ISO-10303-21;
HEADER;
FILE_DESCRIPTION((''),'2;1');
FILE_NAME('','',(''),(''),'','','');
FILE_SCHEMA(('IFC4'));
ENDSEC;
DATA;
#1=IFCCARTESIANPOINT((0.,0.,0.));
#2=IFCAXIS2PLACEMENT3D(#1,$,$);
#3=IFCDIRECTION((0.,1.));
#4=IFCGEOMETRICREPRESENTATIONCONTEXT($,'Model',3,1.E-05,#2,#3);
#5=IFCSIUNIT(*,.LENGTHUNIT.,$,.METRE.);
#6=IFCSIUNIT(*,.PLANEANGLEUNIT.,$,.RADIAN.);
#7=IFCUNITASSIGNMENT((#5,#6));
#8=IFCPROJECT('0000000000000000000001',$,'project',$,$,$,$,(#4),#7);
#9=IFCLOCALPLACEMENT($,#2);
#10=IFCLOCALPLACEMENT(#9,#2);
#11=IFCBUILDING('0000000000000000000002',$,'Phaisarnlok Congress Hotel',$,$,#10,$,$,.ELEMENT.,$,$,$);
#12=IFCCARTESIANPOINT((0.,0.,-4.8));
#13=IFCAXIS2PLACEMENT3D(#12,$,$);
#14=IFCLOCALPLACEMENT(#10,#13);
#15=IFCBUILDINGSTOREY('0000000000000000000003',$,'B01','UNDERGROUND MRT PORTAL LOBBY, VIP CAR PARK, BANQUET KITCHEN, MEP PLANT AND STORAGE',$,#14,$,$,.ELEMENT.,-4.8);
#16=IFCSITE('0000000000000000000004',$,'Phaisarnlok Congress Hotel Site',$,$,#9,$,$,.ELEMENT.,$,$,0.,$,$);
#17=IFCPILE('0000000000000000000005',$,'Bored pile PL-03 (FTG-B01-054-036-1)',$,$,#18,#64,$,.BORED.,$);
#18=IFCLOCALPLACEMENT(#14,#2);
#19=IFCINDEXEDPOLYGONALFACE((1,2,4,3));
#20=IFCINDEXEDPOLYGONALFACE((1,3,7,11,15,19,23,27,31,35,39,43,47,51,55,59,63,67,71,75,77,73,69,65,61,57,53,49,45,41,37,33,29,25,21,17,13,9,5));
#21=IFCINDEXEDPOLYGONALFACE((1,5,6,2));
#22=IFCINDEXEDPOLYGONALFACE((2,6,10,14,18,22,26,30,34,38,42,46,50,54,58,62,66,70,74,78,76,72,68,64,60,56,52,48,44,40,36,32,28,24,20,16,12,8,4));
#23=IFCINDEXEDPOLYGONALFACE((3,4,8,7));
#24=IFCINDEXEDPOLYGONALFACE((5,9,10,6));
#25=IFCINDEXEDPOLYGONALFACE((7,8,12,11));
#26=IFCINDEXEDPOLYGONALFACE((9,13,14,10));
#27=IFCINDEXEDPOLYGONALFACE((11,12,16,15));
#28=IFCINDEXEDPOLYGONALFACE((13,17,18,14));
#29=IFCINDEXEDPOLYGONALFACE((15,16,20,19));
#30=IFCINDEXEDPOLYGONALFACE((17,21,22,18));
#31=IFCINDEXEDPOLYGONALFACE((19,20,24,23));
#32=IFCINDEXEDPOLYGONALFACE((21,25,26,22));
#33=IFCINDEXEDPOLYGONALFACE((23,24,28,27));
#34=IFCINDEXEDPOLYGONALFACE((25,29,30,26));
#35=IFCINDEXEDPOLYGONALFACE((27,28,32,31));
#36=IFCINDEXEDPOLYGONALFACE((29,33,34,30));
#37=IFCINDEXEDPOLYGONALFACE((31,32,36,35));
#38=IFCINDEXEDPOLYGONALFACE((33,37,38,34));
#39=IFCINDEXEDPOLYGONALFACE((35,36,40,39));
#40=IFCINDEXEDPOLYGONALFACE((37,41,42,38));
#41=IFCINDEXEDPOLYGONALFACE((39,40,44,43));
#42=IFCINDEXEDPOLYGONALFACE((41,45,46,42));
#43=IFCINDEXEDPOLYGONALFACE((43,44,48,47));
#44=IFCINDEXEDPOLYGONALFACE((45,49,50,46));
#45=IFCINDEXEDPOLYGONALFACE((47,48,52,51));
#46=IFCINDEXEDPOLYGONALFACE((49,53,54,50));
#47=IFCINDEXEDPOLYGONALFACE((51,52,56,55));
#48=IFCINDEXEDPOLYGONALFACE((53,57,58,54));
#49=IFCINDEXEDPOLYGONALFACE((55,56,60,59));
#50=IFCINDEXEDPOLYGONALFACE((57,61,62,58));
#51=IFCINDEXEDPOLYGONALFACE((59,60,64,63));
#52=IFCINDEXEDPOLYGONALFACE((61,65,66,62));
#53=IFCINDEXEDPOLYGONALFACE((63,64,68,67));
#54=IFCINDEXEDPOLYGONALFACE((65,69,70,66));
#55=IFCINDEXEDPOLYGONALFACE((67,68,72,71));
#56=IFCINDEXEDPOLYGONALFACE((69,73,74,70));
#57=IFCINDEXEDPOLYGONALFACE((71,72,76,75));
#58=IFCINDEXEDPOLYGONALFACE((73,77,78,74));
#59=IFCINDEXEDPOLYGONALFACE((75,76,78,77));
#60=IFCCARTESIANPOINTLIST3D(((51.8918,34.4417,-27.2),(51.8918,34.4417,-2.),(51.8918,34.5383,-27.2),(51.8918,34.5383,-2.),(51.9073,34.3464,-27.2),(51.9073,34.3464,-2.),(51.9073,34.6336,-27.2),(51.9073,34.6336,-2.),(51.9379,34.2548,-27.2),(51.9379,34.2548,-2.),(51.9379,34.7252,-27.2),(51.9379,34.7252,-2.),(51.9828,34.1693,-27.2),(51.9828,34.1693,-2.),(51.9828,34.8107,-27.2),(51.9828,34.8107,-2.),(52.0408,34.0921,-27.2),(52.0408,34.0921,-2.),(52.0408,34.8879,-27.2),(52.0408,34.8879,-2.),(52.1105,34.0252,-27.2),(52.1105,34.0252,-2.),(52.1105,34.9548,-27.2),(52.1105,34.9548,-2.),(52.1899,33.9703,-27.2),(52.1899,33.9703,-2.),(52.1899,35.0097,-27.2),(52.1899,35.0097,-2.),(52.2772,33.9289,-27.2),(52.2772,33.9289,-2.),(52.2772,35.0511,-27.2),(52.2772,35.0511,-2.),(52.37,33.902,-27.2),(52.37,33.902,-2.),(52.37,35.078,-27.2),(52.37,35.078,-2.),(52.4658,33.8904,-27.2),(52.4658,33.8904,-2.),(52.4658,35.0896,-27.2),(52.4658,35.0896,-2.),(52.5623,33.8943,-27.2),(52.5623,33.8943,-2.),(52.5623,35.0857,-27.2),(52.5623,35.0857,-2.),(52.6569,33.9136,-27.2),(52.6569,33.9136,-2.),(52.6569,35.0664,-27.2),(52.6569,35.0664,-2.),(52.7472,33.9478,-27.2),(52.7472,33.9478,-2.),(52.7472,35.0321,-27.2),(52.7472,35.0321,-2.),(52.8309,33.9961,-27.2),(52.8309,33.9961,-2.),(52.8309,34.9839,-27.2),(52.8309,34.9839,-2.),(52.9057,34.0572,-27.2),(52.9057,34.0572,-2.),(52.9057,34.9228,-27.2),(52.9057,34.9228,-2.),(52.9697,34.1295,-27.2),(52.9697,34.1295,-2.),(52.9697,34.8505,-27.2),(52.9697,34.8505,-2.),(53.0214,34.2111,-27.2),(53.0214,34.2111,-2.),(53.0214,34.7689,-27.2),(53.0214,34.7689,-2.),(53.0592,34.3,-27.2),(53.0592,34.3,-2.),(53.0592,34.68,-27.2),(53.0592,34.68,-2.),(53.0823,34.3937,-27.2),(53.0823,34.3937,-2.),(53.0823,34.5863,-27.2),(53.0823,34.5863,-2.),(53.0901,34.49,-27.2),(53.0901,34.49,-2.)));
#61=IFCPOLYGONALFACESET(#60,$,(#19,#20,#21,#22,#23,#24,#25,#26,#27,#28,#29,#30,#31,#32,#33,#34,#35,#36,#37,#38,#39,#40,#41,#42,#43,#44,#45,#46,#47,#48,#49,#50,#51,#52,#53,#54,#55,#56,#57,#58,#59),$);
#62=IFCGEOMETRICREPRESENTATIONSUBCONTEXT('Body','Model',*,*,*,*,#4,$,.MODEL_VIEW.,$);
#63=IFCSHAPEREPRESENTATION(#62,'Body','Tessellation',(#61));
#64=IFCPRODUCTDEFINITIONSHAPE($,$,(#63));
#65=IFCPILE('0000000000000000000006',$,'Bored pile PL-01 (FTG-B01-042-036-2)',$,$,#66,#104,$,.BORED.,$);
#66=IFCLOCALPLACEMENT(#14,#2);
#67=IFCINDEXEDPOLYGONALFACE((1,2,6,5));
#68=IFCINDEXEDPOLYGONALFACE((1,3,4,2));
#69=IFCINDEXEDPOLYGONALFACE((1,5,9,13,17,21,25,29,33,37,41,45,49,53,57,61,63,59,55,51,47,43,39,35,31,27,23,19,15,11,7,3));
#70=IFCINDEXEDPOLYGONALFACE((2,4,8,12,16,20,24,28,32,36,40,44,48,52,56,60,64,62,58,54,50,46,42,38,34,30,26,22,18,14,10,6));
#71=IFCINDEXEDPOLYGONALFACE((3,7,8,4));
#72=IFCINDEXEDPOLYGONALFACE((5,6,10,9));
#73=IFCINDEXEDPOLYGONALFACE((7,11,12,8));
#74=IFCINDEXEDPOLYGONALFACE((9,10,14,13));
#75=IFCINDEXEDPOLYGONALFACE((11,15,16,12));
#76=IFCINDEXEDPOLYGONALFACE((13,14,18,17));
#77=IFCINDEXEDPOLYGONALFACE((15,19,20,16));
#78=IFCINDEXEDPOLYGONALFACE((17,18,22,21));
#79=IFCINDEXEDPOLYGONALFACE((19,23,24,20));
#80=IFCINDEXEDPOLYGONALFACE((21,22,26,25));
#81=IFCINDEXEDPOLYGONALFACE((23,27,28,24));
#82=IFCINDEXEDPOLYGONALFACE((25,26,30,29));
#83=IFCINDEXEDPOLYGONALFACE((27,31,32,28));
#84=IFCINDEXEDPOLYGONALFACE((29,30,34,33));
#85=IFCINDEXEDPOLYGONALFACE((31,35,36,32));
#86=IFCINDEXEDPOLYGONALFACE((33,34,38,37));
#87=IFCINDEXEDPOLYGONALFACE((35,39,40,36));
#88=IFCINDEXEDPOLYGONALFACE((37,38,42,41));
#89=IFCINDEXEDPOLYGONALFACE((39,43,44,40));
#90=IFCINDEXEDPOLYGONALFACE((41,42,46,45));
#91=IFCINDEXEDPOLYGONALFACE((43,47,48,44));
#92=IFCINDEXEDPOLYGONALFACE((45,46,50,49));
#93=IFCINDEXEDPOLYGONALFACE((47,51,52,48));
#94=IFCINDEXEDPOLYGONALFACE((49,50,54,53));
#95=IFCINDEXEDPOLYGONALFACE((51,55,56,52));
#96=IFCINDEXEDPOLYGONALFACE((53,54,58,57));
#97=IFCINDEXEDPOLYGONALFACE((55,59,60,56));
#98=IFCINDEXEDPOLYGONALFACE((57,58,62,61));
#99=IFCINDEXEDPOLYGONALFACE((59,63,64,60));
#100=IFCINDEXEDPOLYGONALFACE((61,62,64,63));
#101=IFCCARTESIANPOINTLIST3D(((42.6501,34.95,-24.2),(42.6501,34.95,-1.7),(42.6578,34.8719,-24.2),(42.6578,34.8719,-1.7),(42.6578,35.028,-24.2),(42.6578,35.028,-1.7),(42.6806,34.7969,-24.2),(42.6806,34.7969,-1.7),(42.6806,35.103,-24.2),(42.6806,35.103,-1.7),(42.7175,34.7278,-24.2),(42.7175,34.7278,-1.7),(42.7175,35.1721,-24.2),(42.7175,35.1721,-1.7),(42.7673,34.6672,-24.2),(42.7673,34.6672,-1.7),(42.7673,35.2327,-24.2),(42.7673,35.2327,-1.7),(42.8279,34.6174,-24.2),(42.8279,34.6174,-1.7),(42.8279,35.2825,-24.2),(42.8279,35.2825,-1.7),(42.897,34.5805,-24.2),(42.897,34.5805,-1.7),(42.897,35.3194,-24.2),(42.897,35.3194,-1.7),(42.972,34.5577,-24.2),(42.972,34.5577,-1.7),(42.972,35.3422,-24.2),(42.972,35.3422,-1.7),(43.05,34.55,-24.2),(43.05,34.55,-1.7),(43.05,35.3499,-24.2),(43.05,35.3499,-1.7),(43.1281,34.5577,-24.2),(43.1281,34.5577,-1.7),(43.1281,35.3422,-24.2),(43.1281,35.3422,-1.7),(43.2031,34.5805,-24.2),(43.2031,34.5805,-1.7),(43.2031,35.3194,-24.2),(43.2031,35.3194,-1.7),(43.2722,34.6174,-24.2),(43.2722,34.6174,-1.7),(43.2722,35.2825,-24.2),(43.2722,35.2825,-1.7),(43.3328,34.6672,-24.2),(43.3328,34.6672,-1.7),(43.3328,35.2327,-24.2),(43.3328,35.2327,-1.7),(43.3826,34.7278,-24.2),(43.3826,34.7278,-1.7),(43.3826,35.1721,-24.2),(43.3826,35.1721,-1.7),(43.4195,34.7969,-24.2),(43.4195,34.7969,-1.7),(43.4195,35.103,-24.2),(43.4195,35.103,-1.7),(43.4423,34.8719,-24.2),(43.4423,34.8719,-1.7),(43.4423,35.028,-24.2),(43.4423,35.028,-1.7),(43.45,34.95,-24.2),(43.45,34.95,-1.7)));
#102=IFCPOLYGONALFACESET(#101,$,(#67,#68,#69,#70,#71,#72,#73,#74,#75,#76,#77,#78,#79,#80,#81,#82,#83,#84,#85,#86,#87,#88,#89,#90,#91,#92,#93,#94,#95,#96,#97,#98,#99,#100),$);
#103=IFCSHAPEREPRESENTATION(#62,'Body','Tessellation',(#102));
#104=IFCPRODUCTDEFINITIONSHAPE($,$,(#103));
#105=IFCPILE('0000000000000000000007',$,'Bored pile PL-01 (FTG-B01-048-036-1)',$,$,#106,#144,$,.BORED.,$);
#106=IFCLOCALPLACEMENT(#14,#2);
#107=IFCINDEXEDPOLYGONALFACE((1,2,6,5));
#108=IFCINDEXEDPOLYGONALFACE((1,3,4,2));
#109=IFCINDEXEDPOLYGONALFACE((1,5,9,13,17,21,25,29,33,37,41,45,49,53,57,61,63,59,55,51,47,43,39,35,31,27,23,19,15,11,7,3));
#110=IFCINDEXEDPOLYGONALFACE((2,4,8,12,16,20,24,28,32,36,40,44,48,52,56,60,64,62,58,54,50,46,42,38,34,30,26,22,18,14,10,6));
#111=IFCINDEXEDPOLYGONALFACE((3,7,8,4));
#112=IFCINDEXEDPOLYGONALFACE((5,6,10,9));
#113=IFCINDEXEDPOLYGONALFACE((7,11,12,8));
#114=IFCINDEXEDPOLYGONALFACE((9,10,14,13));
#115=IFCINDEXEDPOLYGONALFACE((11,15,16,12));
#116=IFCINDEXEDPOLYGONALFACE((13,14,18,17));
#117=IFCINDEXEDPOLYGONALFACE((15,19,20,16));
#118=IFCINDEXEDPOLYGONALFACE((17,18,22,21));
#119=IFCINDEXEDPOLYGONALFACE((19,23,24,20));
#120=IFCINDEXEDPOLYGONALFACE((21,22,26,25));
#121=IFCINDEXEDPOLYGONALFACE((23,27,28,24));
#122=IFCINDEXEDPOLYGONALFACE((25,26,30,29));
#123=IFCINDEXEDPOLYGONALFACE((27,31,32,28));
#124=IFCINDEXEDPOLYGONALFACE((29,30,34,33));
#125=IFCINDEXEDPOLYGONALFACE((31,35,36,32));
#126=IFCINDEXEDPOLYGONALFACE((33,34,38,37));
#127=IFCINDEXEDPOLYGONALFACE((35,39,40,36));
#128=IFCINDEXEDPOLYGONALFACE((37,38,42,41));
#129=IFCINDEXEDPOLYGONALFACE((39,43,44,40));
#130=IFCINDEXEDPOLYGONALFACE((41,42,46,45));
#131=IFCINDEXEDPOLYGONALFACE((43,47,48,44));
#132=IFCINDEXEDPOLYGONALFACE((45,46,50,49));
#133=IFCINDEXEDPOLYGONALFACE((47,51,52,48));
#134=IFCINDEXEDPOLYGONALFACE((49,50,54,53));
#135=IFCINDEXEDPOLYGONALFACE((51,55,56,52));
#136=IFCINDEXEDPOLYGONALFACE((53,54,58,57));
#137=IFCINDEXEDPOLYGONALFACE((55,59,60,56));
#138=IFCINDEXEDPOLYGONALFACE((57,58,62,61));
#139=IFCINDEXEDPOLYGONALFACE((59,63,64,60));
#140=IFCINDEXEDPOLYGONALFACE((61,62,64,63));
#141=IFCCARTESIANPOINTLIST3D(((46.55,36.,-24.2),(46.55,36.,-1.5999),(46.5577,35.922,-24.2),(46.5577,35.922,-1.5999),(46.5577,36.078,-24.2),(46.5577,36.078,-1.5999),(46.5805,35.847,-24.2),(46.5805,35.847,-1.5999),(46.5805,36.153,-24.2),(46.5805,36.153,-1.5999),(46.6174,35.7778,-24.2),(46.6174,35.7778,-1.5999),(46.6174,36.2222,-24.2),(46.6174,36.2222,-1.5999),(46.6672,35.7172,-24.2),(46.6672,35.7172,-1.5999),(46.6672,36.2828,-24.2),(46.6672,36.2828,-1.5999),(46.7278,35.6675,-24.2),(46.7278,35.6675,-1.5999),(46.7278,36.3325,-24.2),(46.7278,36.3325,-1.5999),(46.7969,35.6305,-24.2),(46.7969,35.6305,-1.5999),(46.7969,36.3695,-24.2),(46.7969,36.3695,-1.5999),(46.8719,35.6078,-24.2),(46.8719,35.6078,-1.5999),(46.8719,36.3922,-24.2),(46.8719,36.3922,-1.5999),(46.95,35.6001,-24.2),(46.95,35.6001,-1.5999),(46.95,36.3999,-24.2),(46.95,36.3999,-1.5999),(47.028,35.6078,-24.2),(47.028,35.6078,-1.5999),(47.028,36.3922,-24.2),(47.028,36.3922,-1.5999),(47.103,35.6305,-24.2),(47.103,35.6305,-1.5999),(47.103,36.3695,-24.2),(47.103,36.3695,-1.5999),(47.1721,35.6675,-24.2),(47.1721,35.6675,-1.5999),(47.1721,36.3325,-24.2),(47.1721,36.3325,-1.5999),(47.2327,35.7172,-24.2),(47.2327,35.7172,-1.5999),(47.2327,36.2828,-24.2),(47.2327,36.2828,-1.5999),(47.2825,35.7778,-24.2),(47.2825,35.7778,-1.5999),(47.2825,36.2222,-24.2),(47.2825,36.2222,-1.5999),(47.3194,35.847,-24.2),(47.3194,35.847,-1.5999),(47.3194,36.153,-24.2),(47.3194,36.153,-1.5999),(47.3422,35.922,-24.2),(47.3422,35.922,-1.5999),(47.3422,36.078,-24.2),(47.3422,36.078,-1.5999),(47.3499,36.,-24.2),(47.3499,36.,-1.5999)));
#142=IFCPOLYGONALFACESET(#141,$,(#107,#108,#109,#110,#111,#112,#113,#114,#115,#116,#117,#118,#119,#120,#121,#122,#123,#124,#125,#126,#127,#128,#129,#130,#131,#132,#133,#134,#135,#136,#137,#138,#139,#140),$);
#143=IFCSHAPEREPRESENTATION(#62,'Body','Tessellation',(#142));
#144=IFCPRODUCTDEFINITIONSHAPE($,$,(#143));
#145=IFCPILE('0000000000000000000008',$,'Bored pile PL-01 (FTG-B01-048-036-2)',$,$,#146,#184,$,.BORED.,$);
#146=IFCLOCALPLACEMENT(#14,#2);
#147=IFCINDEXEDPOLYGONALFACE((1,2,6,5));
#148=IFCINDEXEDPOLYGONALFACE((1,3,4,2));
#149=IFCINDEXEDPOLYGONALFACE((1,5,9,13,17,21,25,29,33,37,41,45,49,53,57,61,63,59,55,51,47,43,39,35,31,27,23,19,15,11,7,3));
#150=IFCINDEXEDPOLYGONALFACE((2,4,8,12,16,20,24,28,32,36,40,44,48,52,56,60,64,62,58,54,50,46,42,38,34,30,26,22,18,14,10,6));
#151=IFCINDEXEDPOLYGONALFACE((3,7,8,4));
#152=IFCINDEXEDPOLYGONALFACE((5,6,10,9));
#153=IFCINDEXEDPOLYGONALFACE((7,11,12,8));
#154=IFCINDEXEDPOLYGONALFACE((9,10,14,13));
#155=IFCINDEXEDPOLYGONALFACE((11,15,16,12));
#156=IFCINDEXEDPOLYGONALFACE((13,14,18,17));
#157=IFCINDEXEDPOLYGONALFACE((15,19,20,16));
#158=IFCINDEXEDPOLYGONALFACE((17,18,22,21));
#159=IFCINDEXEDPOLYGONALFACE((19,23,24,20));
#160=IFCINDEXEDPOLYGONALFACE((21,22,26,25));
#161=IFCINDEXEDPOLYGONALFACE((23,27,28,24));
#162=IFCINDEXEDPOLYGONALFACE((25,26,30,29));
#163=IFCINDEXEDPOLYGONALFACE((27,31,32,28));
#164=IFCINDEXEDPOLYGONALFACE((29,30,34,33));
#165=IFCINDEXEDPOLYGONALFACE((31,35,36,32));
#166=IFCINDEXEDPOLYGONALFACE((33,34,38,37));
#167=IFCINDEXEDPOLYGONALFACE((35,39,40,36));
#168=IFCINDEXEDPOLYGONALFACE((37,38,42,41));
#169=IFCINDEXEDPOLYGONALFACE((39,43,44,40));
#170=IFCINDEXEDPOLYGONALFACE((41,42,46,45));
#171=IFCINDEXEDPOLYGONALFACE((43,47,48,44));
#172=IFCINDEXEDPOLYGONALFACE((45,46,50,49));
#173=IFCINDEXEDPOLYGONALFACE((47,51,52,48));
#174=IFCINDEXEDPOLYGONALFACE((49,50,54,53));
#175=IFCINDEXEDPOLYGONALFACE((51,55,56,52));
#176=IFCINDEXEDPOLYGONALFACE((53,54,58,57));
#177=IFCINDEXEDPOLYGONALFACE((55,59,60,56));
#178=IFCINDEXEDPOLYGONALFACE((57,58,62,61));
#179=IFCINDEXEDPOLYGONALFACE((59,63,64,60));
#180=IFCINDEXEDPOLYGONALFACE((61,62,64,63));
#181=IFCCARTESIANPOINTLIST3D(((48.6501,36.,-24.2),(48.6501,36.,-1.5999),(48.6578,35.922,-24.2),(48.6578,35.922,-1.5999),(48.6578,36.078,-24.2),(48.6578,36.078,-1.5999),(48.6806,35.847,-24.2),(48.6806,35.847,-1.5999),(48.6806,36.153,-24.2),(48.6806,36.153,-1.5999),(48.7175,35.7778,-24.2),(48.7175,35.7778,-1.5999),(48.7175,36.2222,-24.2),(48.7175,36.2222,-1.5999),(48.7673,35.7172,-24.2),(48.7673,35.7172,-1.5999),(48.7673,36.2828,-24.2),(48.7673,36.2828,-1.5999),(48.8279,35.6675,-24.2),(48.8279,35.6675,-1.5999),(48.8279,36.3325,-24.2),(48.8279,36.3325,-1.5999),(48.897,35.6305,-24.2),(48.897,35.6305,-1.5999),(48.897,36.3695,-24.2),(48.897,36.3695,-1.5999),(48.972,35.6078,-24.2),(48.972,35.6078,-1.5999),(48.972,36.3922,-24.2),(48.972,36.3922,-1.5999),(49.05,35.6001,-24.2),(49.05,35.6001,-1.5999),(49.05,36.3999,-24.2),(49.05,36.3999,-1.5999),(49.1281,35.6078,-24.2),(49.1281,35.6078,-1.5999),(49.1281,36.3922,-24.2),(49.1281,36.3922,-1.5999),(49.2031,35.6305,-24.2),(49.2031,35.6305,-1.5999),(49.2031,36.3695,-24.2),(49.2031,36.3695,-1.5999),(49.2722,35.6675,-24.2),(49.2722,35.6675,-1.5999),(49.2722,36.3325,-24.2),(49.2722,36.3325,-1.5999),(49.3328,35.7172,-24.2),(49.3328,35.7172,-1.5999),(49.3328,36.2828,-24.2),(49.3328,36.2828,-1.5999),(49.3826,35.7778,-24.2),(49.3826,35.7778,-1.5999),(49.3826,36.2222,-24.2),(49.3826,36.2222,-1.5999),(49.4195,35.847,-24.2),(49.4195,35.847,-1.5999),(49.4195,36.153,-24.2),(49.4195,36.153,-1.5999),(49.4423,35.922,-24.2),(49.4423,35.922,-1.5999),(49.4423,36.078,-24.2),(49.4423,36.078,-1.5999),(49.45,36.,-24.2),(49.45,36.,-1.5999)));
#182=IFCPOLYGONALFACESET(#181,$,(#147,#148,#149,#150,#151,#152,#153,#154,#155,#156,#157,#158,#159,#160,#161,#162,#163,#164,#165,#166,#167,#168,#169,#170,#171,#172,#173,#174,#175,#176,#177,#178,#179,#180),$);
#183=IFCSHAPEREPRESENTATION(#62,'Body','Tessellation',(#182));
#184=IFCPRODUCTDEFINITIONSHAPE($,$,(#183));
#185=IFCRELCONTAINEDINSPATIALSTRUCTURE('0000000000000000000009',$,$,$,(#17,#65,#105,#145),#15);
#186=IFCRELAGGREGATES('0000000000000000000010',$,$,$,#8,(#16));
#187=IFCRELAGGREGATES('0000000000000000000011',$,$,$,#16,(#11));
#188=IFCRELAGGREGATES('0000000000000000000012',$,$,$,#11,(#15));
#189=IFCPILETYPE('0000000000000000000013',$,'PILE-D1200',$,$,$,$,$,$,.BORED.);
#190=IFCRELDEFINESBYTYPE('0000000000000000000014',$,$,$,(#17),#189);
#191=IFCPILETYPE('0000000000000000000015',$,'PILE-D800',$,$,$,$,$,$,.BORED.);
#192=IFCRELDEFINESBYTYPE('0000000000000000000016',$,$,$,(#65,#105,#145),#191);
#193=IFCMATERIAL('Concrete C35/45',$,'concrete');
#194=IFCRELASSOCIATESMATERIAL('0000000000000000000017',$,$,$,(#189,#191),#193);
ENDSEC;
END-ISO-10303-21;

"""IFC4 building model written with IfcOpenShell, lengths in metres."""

from ifc_helpers import new_model, si_unit, direction, frame, origin, origin_2d, place, context, subcontext, project, spatial, circle, extrude, material, material_profile, profile_set, type_object, element, save


model = new_model("IFC4")

# Units and contexts
model_context = context("Model", 3, precision=1e-05, world=origin(), true_north=direction((0.0, 1.0)))
body_context = subcontext(model_context, "Body", "Model", "MODEL_VIEW")
ifc_project = project(units=[si_unit("LENGTHUNIT", "METRE"), si_unit("PLANEANGLEUNIT", "RADIAN")], contexts=[model_context])

# Site, building, storey
site_placement = place(None, origin())
site = spatial("IfcSite", under=ifc_project, at=site_placement, Name="Phaisarnlok Congress Hotel Site", CompositionType="ELEMENT", RefElevation=0.0)
building_placement = place(site_placement, origin())
building = spatial("IfcBuilding", under=site, at=building_placement, Name="Phaisarnlok Congress Hotel", CompositionType="ELEMENT")
storey_placement = place(building_placement, frame((0.0, 0.0, -4.8)))
storey = spatial("IfcBuildingStorey", under=building, at=storey_placement, Name="B01", Description="UNDERGROUND MRT PORTAL LOBBY, VIP CAR PARK, BANQUET KITCHEN, MEP PLANT AND STORAGE", CompositionType="ELEMENT", Elevation=-4.8)

# Piles
ifc_material_1 = material(Name="Concrete C35/45", Category="concrete")
ifc_material_profile_1 = material_profile(ifc_material_1, circle(Radius=0.6001, at=origin_2d()), Name="BORED PILE D1200")
ifc_profile_set_1 = profile_set([ifc_material_profile_1], Name="Concrete C35/45")
pile_type_1 = type_object("IfcPileType", Name="PILE-D1200", PredefinedType="BORED", material=ifc_profile_set_1)
for number, where, z_axis, x_axis, name in (
    (1, (52.49, 34.49, -2.0), (0.0, 0.0, -1.0), (1.0, 0.0, 0.0), "Bored pile PL-03 (FTG-B01-054-036-1)"),
):
    element("IfcPile", number, at=place(storey_placement, frame(where, z_axis=z_axis, x_axis=x_axis)), inside=storey, type_object=pile_type_1, Name=name, PredefinedType="BORED", context=body_context, shape_type="SweptSolid", body=[
        extrude(circle(Radius=0.6001, at=origin_2d()), origin(), (0.0, 0.0, 1.0), 25.2),
    ])
ifc_material_profile_2 = material_profile(ifc_material_1, circle(Radius=0.3999, at=origin_2d()), Name="BORED PILE D800")
ifc_profile_set_2 = profile_set([ifc_material_profile_2], Name="Concrete C35/45")
pile_type_2 = type_object("IfcPileType", Name="PILE-D800", PredefinedType="BORED", material=ifc_profile_set_2)
pile_1_placement = place(storey_placement, frame((43.05, 34.95, -1.7), z_axis=(0.0, 0.0, -1.0), x_axis=(1.0, 0.0, 0.0)))
element("IfcPile", 2, at=pile_1_placement, inside=storey, type_object=pile_type_2, Name="Bored pile PL-01 (FTG-B01-042-036-2)", PredefinedType="BORED", context=body_context, shape_type="SweptSolid", body=[
    extrude(circle(Radius=0.3999, at=origin_2d()), origin(), (0.0, 0.0, 1.0), 22.5),
])
for number, where, z_axis, x_axis, name in (
    (3, (46.95, 36.0, -1.5999), (0.0, 0.0, -1.0), (1.0, 0.0, 0.0), "Bored pile PL-01 (FTG-B01-048-036-1)"),
    (4, (49.05, 36.0, -1.5999), (0.0, 0.0, -1.0), (1.0, 0.0, 0.0), "Bored pile PL-01 (FTG-B01-048-036-2)"),
):
    element("IfcPile", number, at=place(storey_placement, frame(where, z_axis=z_axis, x_axis=x_axis)), inside=storey, type_object=pile_type_2, Name=name, PredefinedType="BORED", context=body_context, shape_type="SweptSolid", body=[
        extrude(circle(Radius=0.3999, at=origin_2d()), origin(), (0.0, 0.0, 1.0), 22.6001),
    ])

save(model, "model.ifc")
